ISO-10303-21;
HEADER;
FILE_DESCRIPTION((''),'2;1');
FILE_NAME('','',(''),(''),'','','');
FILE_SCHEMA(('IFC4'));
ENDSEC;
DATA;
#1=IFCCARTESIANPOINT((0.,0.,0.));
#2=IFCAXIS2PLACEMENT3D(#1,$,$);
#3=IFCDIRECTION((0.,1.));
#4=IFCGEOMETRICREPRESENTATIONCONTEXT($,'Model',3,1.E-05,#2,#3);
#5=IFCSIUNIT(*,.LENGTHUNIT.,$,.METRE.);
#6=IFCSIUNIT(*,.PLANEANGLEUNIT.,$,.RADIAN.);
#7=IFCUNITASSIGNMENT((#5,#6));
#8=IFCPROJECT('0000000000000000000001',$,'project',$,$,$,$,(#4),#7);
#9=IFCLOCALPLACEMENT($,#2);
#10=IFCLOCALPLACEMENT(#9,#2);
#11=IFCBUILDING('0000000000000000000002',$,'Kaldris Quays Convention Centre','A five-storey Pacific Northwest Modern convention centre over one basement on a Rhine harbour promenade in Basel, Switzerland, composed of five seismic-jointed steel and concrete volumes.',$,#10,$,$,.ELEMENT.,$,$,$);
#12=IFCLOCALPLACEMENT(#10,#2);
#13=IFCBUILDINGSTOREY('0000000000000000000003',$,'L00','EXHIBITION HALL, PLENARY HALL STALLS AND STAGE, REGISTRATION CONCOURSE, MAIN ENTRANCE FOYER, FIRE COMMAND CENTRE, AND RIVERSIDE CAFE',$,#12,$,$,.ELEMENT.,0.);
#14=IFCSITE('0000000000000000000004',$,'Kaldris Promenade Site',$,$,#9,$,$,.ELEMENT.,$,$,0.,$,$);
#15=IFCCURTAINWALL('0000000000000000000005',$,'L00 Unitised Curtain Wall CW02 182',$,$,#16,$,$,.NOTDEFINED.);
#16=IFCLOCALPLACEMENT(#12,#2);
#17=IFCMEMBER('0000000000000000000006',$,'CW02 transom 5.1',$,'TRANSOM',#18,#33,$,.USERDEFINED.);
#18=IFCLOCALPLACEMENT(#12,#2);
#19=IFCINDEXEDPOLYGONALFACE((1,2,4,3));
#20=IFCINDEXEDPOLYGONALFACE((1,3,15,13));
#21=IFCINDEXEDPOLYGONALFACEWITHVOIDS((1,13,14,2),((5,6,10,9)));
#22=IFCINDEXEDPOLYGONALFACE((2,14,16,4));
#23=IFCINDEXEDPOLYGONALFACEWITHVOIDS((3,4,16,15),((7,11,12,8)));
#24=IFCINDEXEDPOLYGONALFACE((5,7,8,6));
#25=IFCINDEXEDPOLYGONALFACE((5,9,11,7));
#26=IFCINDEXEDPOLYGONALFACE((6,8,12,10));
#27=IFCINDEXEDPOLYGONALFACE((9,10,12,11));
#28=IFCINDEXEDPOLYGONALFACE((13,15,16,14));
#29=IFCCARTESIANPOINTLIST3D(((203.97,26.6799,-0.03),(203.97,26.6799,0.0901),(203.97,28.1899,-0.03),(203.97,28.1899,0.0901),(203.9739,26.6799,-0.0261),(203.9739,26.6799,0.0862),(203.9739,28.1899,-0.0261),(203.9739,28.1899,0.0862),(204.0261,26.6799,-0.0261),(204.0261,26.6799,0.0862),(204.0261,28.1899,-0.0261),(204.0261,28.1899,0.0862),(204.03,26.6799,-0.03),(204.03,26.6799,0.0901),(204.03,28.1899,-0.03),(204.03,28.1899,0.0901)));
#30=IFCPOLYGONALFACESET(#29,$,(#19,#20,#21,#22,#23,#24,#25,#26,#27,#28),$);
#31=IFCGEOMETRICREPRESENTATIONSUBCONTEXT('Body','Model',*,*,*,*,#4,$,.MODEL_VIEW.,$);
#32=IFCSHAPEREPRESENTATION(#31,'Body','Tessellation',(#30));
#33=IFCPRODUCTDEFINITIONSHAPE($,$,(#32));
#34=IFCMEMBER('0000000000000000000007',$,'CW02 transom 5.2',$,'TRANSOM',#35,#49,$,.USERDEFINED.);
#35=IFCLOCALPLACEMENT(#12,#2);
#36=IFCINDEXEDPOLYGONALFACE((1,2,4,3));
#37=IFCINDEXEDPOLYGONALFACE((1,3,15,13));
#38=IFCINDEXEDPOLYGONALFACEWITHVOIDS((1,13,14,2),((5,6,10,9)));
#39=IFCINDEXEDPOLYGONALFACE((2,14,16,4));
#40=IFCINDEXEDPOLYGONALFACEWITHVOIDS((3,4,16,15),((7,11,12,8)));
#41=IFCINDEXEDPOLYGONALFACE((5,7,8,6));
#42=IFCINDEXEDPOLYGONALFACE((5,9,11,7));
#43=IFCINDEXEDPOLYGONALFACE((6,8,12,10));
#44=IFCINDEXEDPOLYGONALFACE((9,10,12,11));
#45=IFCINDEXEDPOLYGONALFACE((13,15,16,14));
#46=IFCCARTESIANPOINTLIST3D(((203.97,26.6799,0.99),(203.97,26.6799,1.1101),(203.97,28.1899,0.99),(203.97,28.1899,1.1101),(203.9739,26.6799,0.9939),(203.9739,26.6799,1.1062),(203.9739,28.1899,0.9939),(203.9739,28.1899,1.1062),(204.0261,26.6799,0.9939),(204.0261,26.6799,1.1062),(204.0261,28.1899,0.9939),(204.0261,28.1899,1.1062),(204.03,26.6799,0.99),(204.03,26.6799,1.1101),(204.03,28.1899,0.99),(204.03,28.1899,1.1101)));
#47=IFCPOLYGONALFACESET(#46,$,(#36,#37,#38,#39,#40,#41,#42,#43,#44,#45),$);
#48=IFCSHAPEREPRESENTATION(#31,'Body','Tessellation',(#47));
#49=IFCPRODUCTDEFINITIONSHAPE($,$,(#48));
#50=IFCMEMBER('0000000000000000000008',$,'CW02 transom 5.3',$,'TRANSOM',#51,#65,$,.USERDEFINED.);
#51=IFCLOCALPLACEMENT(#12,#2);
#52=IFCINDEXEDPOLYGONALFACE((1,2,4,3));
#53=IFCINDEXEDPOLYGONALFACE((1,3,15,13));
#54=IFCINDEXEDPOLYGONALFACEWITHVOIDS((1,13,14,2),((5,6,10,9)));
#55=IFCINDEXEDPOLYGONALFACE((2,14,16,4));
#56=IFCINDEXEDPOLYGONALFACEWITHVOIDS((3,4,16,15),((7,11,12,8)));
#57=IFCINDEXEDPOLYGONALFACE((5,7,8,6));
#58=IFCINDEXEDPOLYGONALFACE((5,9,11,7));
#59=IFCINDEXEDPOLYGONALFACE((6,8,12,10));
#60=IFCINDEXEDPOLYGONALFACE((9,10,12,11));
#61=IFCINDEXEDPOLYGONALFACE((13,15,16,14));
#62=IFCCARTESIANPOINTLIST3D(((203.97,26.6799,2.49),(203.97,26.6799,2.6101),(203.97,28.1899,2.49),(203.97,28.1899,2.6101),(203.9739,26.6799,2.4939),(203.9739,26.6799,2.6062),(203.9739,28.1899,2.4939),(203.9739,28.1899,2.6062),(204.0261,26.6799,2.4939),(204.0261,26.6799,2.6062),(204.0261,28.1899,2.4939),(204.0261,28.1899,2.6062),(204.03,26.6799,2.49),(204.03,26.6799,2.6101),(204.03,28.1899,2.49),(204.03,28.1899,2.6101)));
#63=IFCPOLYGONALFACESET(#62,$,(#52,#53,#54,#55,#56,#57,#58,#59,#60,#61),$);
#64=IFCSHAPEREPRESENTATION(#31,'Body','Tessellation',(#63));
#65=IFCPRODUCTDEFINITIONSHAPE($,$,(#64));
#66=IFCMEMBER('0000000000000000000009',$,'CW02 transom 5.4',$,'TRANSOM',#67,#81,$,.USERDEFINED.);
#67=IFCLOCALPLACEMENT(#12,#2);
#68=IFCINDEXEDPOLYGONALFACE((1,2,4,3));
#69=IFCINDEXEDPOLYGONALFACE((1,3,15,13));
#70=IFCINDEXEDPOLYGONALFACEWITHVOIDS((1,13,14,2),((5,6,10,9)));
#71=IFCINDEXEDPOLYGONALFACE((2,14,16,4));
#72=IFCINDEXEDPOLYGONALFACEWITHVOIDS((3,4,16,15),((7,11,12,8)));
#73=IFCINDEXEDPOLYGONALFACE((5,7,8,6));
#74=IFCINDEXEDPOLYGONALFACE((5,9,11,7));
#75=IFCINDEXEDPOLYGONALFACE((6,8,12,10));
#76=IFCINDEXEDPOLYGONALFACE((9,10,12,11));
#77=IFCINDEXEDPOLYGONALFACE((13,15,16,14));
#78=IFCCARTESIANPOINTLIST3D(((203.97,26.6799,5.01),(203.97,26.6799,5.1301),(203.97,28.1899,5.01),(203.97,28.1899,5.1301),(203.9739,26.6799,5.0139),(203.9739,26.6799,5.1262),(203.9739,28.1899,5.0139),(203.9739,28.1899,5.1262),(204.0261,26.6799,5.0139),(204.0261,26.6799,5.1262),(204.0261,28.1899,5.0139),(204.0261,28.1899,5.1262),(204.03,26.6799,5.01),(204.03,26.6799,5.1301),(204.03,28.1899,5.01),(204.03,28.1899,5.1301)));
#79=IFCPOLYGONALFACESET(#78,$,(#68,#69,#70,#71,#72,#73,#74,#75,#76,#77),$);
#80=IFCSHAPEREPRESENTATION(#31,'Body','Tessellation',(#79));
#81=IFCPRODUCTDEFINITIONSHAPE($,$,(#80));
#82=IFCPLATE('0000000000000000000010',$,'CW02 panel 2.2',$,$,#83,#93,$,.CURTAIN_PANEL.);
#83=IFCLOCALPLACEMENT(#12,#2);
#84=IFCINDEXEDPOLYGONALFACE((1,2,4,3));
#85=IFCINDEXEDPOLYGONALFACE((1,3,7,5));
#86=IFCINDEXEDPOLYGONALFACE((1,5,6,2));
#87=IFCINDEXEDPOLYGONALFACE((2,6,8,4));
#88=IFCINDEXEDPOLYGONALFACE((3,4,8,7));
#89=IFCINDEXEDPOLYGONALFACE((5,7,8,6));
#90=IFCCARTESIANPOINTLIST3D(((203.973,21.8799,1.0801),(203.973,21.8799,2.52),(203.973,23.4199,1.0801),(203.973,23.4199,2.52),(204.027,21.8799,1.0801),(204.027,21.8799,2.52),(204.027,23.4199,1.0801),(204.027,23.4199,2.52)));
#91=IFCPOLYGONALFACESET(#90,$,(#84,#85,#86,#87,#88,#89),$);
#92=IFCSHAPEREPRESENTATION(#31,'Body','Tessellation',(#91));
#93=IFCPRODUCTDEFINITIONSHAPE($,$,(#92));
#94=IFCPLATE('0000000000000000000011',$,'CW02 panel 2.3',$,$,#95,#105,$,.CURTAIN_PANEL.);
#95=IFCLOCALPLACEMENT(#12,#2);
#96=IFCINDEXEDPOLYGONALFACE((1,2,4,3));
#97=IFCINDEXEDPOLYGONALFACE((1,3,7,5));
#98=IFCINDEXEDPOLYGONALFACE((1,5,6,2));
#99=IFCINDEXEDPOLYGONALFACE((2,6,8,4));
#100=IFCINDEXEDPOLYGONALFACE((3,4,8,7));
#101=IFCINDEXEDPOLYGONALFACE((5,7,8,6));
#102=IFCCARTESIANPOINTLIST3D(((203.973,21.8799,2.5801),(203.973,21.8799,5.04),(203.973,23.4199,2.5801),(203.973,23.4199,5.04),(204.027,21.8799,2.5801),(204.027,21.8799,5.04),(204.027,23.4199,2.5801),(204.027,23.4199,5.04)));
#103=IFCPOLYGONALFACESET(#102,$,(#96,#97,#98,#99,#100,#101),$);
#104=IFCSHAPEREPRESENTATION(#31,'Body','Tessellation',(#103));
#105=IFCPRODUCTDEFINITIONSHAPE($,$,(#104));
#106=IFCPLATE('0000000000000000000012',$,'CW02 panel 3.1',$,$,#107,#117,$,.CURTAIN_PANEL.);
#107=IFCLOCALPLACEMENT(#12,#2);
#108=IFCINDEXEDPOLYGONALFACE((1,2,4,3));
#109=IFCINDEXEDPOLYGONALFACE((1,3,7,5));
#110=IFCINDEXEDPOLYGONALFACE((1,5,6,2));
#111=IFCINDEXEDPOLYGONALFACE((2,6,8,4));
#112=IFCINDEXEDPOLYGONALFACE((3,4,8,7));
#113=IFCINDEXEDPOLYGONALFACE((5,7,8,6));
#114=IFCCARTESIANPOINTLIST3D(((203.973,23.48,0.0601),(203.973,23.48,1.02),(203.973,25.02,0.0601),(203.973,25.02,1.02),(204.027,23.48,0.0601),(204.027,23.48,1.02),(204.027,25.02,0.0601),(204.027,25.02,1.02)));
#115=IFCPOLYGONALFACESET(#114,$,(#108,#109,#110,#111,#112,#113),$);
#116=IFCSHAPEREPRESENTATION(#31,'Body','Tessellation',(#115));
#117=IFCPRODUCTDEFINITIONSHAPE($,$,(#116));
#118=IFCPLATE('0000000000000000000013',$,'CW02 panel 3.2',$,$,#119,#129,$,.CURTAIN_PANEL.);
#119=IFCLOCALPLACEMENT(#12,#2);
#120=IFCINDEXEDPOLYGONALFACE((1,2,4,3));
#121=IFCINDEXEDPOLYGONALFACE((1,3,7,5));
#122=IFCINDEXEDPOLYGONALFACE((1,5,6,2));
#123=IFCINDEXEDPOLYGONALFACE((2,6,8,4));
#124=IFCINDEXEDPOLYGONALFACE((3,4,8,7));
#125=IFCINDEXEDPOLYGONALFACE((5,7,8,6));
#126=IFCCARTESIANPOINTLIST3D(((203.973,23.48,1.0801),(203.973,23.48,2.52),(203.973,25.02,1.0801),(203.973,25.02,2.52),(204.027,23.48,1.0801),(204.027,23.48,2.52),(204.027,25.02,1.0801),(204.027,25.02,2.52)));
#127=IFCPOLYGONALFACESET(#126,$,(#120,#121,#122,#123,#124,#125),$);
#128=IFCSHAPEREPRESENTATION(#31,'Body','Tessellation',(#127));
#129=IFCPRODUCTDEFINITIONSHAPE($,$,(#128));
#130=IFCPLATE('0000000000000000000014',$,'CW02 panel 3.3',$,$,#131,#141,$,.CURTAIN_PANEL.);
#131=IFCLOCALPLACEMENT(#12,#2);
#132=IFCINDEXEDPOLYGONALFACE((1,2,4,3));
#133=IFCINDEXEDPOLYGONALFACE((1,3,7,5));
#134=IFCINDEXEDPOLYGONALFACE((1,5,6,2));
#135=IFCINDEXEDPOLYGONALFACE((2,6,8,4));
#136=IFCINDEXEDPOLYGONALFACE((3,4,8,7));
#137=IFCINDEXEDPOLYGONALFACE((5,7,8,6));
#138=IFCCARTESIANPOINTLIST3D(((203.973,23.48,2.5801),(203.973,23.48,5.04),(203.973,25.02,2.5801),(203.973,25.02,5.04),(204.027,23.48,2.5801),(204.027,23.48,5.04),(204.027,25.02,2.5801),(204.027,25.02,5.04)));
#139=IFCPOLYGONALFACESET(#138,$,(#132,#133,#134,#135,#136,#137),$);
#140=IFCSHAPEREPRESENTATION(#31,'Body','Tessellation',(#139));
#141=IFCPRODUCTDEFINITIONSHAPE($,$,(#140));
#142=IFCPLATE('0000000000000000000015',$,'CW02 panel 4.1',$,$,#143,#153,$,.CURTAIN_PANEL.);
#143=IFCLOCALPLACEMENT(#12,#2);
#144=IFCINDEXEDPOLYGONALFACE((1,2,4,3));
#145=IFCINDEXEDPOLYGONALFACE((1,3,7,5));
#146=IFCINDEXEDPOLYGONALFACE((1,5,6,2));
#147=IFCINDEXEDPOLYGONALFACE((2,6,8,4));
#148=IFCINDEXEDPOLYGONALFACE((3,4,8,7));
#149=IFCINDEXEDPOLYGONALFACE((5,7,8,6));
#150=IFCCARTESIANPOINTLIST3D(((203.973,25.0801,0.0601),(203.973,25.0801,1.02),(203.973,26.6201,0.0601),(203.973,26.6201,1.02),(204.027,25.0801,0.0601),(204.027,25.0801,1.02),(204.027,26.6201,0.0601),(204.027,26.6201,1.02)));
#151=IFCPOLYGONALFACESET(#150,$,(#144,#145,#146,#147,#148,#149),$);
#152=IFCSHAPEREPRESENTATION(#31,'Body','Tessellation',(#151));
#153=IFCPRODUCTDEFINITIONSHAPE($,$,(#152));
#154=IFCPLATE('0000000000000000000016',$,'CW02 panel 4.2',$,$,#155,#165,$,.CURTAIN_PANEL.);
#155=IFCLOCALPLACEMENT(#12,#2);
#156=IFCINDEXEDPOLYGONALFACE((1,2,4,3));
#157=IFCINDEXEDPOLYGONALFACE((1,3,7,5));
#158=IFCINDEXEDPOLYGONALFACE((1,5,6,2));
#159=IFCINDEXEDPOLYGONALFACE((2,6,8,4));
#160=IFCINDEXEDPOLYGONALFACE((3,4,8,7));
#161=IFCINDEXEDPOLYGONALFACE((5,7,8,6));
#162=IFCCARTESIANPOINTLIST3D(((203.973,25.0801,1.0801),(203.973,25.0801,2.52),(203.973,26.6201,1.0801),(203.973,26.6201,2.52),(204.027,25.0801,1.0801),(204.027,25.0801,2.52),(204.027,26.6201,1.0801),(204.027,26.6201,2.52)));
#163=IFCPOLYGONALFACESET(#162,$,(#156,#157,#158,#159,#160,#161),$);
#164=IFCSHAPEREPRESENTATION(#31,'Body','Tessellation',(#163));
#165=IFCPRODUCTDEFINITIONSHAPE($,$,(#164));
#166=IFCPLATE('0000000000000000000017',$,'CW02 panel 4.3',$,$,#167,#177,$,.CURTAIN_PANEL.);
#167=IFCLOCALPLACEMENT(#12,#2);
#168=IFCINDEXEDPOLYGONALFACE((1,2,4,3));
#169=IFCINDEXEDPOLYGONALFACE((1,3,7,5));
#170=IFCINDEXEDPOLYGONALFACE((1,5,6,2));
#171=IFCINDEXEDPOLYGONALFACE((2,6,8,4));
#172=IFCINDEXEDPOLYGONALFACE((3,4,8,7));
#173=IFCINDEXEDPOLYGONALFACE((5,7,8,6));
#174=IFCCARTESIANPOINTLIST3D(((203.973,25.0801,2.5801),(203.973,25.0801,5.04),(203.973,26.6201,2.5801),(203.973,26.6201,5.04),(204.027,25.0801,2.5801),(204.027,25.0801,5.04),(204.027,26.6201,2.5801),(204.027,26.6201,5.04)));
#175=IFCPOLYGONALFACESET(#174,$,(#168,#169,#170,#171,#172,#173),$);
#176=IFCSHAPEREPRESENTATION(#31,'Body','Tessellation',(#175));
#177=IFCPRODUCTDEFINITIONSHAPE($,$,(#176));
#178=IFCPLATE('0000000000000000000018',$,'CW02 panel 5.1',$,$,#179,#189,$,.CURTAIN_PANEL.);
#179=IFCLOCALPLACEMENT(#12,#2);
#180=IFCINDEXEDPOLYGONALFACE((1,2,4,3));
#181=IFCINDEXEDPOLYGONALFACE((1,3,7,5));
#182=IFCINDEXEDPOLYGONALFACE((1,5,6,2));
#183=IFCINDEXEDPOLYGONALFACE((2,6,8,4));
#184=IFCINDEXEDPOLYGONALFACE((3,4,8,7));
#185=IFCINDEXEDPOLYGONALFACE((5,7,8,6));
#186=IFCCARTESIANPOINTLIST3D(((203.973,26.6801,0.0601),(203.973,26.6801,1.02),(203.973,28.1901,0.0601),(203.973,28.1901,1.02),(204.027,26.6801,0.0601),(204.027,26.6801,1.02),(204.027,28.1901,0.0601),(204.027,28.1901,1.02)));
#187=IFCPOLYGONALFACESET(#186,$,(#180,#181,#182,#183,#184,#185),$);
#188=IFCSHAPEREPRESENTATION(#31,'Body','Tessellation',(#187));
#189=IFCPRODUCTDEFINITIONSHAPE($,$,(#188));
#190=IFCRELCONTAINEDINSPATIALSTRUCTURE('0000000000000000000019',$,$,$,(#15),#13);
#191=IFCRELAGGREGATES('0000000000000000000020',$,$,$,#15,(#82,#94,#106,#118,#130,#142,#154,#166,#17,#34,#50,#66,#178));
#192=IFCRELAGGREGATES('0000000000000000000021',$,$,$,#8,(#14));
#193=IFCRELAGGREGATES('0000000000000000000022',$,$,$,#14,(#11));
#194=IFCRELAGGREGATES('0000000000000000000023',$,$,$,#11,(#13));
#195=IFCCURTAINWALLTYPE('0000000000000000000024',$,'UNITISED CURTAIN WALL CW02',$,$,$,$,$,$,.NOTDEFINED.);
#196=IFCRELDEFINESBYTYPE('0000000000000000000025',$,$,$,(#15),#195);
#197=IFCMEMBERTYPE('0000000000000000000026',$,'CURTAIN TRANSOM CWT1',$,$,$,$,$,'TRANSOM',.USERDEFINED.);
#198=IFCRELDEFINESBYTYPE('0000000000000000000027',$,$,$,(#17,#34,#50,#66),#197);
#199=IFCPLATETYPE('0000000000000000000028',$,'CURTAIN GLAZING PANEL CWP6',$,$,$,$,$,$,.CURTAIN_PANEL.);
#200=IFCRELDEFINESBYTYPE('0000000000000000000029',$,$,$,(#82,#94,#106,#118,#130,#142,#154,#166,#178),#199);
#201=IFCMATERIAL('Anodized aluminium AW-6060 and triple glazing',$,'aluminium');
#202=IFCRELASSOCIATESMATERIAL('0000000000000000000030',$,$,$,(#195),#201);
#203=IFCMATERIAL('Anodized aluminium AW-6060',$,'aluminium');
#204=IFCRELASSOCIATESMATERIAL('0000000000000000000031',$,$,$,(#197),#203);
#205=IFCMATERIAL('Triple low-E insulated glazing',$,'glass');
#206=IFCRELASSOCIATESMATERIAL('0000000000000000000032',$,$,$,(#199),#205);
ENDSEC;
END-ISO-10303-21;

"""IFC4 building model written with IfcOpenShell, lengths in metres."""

from ifc_helpers import new_model, si_unit, direction, frame, origin, origin_2d, place, context, subcontext, project, spatial, rectangle, hollow_rectangle, extrude, material, material_profile, profile_set, type_object, element, aggregate, save


model = new_model("IFC4")

# Units and contexts
model_context = context("Model", 3, precision=1e-05, world=origin(), true_north=direction((0.0, 1.0)))
body_context = subcontext(model_context, "Body", "Model", "MODEL_VIEW")
ifc_project = project(units=[si_unit("LENGTHUNIT", "METRE"), si_unit("PLANEANGLEUNIT", "RADIAN")], contexts=[model_context])

# Site, building, storey
site_placement = place(None, origin())
site = spatial("IfcSite", under=ifc_project, at=site_placement, Name="Kaldris Promenade Site", CompositionType="ELEMENT", RefElevation=0.0)
building_placement = place(site_placement, origin())
building = spatial("IfcBuilding", under=site, at=building_placement, Name="Kaldris Quays Convention Centre", Description="A five-storey Pacific Northwest Modern convention centre over one basement on a Rhine harbour promenade in Basel, Switzerland, composed of five seismic-jointed steel and concrete volumes.", CompositionType="ELEMENT")
storey_placement = place(building_placement, origin())
storey = spatial("IfcBuildingStorey", under=building, at=storey_placement, Name="L00", Description="EXHIBITION HALL, PLENARY HALL STALLS AND STAGE, REGISTRATION CONCOURSE, MAIN ENTRANCE FOYER, FIRE COMMAND CENTRE, AND RIVERSIDE CAFE", CompositionType="ELEMENT", Elevation=0.0)

# Curtain wall, members, plates
ifc_material_1 = material(Name="Anodized aluminium AW-6060 and triple glazing", Category="aluminium")
curtain_wall_type = type_object("IfcCurtainWallType", Name="UNITISED CURTAIN WALL CW02", PredefinedType="NOTDEFINED", material=ifc_material_1)
curtain_wall_placement = place(storey_placement, origin())
curtain_wall = element("IfcCurtainWall", 1, at=curtain_wall_placement, inside=storey, type_object=curtain_wall_type, Name="L00 Unitised Curtain Wall CW02 182", PredefinedType="NOTDEFINED")
ifc_material_2 = material(Name="Anodized aluminium AW-6060", Category="aluminium")
ifc_material_profile_1 = material_profile(ifc_material_2, hollow_rectangle(XDim=0.0601, YDim=0.1201, WallThickness=0.0039, at=origin_2d()), Name="RHS 120x60x4")
ifc_profile_set_1 = profile_set([ifc_material_profile_1], Name="Anodized aluminium AW-6060")
member_type_1 = type_object("IfcMemberType", Name="CURTAIN TRANSOM CWT1", ElementType="TRANSOM", PredefinedType="USERDEFINED", material=ifc_profile_set_1)
member_1_placement = place(storey_placement, frame((204.0, 26.6799, 0.03), z_axis=(0.0, 1.0, 0.0), x_axis=(-1.0, 0.0, 0.0)))
member_1 = element("IfcMember", 2, at=member_1_placement, type_object=member_type_1, Name="CW02 transom 5.1", ObjectType="TRANSOM", PredefinedType="USERDEFINED", context=body_context, shape_type="SweptSolid", body=[
    extrude(hollow_rectangle(XDim=0.0601, YDim=0.1201, WallThickness=0.0039, at=origin_2d()), origin(), (0.0, 0.0, 1.0), 1.51),
])
member_2_placement = place(storey_placement, frame((204.0, 26.6799, 1.05), z_axis=(0.0, 1.0, 0.0), x_axis=(-1.0, 0.0, 0.0)))
member_2 = element("IfcMember", 3, at=member_2_placement, type_object=member_type_1, Name="CW02 transom 5.2", ObjectType="TRANSOM", PredefinedType="USERDEFINED", context=body_context, shape_type="SweptSolid", body=[
    extrude(hollow_rectangle(XDim=0.0601, YDim=0.1201, WallThickness=0.0039, at=origin_2d()), origin(), (0.0, 0.0, 1.0), 1.51),
])
member_3_placement = place(storey_placement, frame((204.0, 26.6799, 2.55), z_axis=(0.0, 1.0, 0.0), x_axis=(-1.0, 0.0, 0.0)))
member_3 = element("IfcMember", 4, at=member_3_placement, type_object=member_type_1, Name="CW02 transom 5.3", ObjectType="TRANSOM", PredefinedType="USERDEFINED", context=body_context, shape_type="SweptSolid", body=[
    extrude(hollow_rectangle(XDim=0.0601, YDim=0.1201, WallThickness=0.0039, at=origin_2d()), origin(), (0.0, 0.0, 1.0), 1.51),
])
member_4_placement = place(storey_placement, frame((204.0, 26.6799, 5.0701), z_axis=(0.0, 1.0, 0.0), x_axis=(-1.0, 0.0, 0.0)))
member_4 = element("IfcMember", 5, at=member_4_placement, type_object=member_type_1, Name="CW02 transom 5.4", ObjectType="TRANSOM", PredefinedType="USERDEFINED", context=body_context, shape_type="SweptSolid", body=[
    extrude(hollow_rectangle(XDim=0.0601, YDim=0.1201, WallThickness=0.0039, at=origin_2d()), origin(), (0.0, 0.0, 1.0), 1.51),
])
ifc_material_3 = material(Name="Triple low-E insulated glazing", Category="glass")
plate_type = type_object("IfcPlateType", Name="CURTAIN GLAZING PANEL CWP6", PredefinedType="CURTAIN_PANEL", material=ifc_material_3)
plate_1_placement = place(storey_placement, frame((204.0, 22.6499, 1.0801), z_axis=(0.0, 0.0, 1.0), x_axis=(0.0, 1.0, 0.0)))
plate_1 = element("IfcPlate", 6, at=plate_1_placement, type_object=plate_type, Name="CW02 panel 2.2", PredefinedType="CURTAIN_PANEL", context=body_context, shape_type="SweptSolid", body=[
    extrude(rectangle(XDim=1.54, YDim=0.054, at=origin_2d()), origin(), (0.0, 0.0, 1.0), 1.4399),
])
plate_2_placement = place(storey_placement, frame((204.0, 22.6499, 2.5801), z_axis=(0.0, 0.0, 1.0), x_axis=(0.0, 1.0, 0.0)))
plate_2 = element("IfcPlate", 7, at=plate_2_placement, type_object=plate_type, Name="CW02 panel 2.3", PredefinedType="CURTAIN_PANEL", context=body_context, shape_type="SweptSolid", body=[
    extrude(rectangle(XDim=1.54, YDim=0.054, at=origin_2d()), origin(), (0.0, 0.0, 1.0), 2.46),
])
plate_3_placement = place(storey_placement, frame((204.0, 24.25, 0.0601), z_axis=(0.0, 0.0, 1.0), x_axis=(0.0, 1.0, 0.0)))
plate_3 = element("IfcPlate", 8, at=plate_3_placement, type_object=plate_type, Name="CW02 panel 3.1", PredefinedType="CURTAIN_PANEL", context=body_context, shape_type="SweptSolid", body=[
    extrude(rectangle(XDim=1.54, YDim=0.054, at=origin_2d()), origin(), (0.0, 0.0, 1.0), 0.96),
])
plate_4_placement = place(storey_placement, frame((204.0, 24.25, 1.0801), z_axis=(0.0, 0.0, 1.0), x_axis=(0.0, 1.0, 0.0)))
plate_4 = element("IfcPlate", 9, at=plate_4_placement, type_object=plate_type, Name="CW02 panel 3.2", PredefinedType="CURTAIN_PANEL", context=body_context, shape_type="SweptSolid", body=[
    extrude(rectangle(XDim=1.54, YDim=0.054, at=origin_2d()), origin(), (0.0, 0.0, 1.0), 1.4399),
])
plate_5_placement = place(storey_placement, frame((204.0, 24.25, 2.5801), z_axis=(0.0, 0.0, 1.0), x_axis=(0.0, 1.0, 0.0)))
plate_5 = element("IfcPlate", 10, at=plate_5_placement, type_object=plate_type, Name="CW02 panel 3.3", PredefinedType="CURTAIN_PANEL", context=body_context, shape_type="SweptSolid", body=[
    extrude(rectangle(XDim=1.54, YDim=0.054, at=origin_2d()), origin(), (0.0, 0.0, 1.0), 2.46),
])
plate_6_placement = place(storey_placement, frame((204.0, 25.8501, 0.0601), z_axis=(0.0, 0.0, 1.0), x_axis=(0.0, 1.0, 0.0)))
plate_6 = element("IfcPlate", 11, at=plate_6_placement, type_object=plate_type, Name="CW02 panel 4.1", PredefinedType="CURTAIN_PANEL", context=body_context, shape_type="SweptSolid", body=[
    extrude(rectangle(XDim=1.54, YDim=0.054, at=origin_2d()), origin(), (0.0, 0.0, 1.0), 0.96),
])
plate_7_placement = place(storey_placement, frame((204.0, 25.8501, 1.0801), z_axis=(0.0, 0.0, 1.0), x_axis=(0.0, 1.0, 0.0)))
plate_7 = element("IfcPlate", 12, at=plate_7_placement, type_object=plate_type, Name="CW02 panel 4.2", PredefinedType="CURTAIN_PANEL", context=body_context, shape_type="SweptSolid", body=[
    extrude(rectangle(XDim=1.54, YDim=0.054, at=origin_2d()), origin(), (0.0, 0.0, 1.0), 1.4399),
])
plate_8_placement = place(storey_placement, frame((204.0, 25.8501, 2.5801), z_axis=(0.0, 0.0, 1.0), x_axis=(0.0, 1.0, 0.0)))
plate_8 = element("IfcPlate", 13, at=plate_8_placement, type_object=plate_type, Name="CW02 panel 4.3", PredefinedType="CURTAIN_PANEL", context=body_context, shape_type="SweptSolid", body=[
    extrude(rectangle(XDim=1.54, YDim=0.054, at=origin_2d()), origin(), (0.0, 0.0, 1.0), 2.46),
])
plate_9_placement = place(storey_placement, frame((204.0, 27.4351, 0.0601), z_axis=(0.0, 0.0, 1.0), x_axis=(0.0, 1.0, 0.0)))
plate_9 = element("IfcPlate", 14, at=plate_9_placement, type_object=plate_type, Name="CW02 panel 5.1", PredefinedType="CURTAIN_PANEL", context=body_context, shape_type="SweptSolid", body=[
    extrude(rectangle(XDim=1.51, YDim=0.054, at=origin_2d()), origin(), (0.0, 0.0, 1.0), 0.96),
])
aggregate(curtain_wall, [plate_1, plate_2, plate_3, plate_4, plate_5, plate_6, plate_7, plate_8, member_1, member_2, member_3, member_4, plate_9])

save(model, "model.ifc")
